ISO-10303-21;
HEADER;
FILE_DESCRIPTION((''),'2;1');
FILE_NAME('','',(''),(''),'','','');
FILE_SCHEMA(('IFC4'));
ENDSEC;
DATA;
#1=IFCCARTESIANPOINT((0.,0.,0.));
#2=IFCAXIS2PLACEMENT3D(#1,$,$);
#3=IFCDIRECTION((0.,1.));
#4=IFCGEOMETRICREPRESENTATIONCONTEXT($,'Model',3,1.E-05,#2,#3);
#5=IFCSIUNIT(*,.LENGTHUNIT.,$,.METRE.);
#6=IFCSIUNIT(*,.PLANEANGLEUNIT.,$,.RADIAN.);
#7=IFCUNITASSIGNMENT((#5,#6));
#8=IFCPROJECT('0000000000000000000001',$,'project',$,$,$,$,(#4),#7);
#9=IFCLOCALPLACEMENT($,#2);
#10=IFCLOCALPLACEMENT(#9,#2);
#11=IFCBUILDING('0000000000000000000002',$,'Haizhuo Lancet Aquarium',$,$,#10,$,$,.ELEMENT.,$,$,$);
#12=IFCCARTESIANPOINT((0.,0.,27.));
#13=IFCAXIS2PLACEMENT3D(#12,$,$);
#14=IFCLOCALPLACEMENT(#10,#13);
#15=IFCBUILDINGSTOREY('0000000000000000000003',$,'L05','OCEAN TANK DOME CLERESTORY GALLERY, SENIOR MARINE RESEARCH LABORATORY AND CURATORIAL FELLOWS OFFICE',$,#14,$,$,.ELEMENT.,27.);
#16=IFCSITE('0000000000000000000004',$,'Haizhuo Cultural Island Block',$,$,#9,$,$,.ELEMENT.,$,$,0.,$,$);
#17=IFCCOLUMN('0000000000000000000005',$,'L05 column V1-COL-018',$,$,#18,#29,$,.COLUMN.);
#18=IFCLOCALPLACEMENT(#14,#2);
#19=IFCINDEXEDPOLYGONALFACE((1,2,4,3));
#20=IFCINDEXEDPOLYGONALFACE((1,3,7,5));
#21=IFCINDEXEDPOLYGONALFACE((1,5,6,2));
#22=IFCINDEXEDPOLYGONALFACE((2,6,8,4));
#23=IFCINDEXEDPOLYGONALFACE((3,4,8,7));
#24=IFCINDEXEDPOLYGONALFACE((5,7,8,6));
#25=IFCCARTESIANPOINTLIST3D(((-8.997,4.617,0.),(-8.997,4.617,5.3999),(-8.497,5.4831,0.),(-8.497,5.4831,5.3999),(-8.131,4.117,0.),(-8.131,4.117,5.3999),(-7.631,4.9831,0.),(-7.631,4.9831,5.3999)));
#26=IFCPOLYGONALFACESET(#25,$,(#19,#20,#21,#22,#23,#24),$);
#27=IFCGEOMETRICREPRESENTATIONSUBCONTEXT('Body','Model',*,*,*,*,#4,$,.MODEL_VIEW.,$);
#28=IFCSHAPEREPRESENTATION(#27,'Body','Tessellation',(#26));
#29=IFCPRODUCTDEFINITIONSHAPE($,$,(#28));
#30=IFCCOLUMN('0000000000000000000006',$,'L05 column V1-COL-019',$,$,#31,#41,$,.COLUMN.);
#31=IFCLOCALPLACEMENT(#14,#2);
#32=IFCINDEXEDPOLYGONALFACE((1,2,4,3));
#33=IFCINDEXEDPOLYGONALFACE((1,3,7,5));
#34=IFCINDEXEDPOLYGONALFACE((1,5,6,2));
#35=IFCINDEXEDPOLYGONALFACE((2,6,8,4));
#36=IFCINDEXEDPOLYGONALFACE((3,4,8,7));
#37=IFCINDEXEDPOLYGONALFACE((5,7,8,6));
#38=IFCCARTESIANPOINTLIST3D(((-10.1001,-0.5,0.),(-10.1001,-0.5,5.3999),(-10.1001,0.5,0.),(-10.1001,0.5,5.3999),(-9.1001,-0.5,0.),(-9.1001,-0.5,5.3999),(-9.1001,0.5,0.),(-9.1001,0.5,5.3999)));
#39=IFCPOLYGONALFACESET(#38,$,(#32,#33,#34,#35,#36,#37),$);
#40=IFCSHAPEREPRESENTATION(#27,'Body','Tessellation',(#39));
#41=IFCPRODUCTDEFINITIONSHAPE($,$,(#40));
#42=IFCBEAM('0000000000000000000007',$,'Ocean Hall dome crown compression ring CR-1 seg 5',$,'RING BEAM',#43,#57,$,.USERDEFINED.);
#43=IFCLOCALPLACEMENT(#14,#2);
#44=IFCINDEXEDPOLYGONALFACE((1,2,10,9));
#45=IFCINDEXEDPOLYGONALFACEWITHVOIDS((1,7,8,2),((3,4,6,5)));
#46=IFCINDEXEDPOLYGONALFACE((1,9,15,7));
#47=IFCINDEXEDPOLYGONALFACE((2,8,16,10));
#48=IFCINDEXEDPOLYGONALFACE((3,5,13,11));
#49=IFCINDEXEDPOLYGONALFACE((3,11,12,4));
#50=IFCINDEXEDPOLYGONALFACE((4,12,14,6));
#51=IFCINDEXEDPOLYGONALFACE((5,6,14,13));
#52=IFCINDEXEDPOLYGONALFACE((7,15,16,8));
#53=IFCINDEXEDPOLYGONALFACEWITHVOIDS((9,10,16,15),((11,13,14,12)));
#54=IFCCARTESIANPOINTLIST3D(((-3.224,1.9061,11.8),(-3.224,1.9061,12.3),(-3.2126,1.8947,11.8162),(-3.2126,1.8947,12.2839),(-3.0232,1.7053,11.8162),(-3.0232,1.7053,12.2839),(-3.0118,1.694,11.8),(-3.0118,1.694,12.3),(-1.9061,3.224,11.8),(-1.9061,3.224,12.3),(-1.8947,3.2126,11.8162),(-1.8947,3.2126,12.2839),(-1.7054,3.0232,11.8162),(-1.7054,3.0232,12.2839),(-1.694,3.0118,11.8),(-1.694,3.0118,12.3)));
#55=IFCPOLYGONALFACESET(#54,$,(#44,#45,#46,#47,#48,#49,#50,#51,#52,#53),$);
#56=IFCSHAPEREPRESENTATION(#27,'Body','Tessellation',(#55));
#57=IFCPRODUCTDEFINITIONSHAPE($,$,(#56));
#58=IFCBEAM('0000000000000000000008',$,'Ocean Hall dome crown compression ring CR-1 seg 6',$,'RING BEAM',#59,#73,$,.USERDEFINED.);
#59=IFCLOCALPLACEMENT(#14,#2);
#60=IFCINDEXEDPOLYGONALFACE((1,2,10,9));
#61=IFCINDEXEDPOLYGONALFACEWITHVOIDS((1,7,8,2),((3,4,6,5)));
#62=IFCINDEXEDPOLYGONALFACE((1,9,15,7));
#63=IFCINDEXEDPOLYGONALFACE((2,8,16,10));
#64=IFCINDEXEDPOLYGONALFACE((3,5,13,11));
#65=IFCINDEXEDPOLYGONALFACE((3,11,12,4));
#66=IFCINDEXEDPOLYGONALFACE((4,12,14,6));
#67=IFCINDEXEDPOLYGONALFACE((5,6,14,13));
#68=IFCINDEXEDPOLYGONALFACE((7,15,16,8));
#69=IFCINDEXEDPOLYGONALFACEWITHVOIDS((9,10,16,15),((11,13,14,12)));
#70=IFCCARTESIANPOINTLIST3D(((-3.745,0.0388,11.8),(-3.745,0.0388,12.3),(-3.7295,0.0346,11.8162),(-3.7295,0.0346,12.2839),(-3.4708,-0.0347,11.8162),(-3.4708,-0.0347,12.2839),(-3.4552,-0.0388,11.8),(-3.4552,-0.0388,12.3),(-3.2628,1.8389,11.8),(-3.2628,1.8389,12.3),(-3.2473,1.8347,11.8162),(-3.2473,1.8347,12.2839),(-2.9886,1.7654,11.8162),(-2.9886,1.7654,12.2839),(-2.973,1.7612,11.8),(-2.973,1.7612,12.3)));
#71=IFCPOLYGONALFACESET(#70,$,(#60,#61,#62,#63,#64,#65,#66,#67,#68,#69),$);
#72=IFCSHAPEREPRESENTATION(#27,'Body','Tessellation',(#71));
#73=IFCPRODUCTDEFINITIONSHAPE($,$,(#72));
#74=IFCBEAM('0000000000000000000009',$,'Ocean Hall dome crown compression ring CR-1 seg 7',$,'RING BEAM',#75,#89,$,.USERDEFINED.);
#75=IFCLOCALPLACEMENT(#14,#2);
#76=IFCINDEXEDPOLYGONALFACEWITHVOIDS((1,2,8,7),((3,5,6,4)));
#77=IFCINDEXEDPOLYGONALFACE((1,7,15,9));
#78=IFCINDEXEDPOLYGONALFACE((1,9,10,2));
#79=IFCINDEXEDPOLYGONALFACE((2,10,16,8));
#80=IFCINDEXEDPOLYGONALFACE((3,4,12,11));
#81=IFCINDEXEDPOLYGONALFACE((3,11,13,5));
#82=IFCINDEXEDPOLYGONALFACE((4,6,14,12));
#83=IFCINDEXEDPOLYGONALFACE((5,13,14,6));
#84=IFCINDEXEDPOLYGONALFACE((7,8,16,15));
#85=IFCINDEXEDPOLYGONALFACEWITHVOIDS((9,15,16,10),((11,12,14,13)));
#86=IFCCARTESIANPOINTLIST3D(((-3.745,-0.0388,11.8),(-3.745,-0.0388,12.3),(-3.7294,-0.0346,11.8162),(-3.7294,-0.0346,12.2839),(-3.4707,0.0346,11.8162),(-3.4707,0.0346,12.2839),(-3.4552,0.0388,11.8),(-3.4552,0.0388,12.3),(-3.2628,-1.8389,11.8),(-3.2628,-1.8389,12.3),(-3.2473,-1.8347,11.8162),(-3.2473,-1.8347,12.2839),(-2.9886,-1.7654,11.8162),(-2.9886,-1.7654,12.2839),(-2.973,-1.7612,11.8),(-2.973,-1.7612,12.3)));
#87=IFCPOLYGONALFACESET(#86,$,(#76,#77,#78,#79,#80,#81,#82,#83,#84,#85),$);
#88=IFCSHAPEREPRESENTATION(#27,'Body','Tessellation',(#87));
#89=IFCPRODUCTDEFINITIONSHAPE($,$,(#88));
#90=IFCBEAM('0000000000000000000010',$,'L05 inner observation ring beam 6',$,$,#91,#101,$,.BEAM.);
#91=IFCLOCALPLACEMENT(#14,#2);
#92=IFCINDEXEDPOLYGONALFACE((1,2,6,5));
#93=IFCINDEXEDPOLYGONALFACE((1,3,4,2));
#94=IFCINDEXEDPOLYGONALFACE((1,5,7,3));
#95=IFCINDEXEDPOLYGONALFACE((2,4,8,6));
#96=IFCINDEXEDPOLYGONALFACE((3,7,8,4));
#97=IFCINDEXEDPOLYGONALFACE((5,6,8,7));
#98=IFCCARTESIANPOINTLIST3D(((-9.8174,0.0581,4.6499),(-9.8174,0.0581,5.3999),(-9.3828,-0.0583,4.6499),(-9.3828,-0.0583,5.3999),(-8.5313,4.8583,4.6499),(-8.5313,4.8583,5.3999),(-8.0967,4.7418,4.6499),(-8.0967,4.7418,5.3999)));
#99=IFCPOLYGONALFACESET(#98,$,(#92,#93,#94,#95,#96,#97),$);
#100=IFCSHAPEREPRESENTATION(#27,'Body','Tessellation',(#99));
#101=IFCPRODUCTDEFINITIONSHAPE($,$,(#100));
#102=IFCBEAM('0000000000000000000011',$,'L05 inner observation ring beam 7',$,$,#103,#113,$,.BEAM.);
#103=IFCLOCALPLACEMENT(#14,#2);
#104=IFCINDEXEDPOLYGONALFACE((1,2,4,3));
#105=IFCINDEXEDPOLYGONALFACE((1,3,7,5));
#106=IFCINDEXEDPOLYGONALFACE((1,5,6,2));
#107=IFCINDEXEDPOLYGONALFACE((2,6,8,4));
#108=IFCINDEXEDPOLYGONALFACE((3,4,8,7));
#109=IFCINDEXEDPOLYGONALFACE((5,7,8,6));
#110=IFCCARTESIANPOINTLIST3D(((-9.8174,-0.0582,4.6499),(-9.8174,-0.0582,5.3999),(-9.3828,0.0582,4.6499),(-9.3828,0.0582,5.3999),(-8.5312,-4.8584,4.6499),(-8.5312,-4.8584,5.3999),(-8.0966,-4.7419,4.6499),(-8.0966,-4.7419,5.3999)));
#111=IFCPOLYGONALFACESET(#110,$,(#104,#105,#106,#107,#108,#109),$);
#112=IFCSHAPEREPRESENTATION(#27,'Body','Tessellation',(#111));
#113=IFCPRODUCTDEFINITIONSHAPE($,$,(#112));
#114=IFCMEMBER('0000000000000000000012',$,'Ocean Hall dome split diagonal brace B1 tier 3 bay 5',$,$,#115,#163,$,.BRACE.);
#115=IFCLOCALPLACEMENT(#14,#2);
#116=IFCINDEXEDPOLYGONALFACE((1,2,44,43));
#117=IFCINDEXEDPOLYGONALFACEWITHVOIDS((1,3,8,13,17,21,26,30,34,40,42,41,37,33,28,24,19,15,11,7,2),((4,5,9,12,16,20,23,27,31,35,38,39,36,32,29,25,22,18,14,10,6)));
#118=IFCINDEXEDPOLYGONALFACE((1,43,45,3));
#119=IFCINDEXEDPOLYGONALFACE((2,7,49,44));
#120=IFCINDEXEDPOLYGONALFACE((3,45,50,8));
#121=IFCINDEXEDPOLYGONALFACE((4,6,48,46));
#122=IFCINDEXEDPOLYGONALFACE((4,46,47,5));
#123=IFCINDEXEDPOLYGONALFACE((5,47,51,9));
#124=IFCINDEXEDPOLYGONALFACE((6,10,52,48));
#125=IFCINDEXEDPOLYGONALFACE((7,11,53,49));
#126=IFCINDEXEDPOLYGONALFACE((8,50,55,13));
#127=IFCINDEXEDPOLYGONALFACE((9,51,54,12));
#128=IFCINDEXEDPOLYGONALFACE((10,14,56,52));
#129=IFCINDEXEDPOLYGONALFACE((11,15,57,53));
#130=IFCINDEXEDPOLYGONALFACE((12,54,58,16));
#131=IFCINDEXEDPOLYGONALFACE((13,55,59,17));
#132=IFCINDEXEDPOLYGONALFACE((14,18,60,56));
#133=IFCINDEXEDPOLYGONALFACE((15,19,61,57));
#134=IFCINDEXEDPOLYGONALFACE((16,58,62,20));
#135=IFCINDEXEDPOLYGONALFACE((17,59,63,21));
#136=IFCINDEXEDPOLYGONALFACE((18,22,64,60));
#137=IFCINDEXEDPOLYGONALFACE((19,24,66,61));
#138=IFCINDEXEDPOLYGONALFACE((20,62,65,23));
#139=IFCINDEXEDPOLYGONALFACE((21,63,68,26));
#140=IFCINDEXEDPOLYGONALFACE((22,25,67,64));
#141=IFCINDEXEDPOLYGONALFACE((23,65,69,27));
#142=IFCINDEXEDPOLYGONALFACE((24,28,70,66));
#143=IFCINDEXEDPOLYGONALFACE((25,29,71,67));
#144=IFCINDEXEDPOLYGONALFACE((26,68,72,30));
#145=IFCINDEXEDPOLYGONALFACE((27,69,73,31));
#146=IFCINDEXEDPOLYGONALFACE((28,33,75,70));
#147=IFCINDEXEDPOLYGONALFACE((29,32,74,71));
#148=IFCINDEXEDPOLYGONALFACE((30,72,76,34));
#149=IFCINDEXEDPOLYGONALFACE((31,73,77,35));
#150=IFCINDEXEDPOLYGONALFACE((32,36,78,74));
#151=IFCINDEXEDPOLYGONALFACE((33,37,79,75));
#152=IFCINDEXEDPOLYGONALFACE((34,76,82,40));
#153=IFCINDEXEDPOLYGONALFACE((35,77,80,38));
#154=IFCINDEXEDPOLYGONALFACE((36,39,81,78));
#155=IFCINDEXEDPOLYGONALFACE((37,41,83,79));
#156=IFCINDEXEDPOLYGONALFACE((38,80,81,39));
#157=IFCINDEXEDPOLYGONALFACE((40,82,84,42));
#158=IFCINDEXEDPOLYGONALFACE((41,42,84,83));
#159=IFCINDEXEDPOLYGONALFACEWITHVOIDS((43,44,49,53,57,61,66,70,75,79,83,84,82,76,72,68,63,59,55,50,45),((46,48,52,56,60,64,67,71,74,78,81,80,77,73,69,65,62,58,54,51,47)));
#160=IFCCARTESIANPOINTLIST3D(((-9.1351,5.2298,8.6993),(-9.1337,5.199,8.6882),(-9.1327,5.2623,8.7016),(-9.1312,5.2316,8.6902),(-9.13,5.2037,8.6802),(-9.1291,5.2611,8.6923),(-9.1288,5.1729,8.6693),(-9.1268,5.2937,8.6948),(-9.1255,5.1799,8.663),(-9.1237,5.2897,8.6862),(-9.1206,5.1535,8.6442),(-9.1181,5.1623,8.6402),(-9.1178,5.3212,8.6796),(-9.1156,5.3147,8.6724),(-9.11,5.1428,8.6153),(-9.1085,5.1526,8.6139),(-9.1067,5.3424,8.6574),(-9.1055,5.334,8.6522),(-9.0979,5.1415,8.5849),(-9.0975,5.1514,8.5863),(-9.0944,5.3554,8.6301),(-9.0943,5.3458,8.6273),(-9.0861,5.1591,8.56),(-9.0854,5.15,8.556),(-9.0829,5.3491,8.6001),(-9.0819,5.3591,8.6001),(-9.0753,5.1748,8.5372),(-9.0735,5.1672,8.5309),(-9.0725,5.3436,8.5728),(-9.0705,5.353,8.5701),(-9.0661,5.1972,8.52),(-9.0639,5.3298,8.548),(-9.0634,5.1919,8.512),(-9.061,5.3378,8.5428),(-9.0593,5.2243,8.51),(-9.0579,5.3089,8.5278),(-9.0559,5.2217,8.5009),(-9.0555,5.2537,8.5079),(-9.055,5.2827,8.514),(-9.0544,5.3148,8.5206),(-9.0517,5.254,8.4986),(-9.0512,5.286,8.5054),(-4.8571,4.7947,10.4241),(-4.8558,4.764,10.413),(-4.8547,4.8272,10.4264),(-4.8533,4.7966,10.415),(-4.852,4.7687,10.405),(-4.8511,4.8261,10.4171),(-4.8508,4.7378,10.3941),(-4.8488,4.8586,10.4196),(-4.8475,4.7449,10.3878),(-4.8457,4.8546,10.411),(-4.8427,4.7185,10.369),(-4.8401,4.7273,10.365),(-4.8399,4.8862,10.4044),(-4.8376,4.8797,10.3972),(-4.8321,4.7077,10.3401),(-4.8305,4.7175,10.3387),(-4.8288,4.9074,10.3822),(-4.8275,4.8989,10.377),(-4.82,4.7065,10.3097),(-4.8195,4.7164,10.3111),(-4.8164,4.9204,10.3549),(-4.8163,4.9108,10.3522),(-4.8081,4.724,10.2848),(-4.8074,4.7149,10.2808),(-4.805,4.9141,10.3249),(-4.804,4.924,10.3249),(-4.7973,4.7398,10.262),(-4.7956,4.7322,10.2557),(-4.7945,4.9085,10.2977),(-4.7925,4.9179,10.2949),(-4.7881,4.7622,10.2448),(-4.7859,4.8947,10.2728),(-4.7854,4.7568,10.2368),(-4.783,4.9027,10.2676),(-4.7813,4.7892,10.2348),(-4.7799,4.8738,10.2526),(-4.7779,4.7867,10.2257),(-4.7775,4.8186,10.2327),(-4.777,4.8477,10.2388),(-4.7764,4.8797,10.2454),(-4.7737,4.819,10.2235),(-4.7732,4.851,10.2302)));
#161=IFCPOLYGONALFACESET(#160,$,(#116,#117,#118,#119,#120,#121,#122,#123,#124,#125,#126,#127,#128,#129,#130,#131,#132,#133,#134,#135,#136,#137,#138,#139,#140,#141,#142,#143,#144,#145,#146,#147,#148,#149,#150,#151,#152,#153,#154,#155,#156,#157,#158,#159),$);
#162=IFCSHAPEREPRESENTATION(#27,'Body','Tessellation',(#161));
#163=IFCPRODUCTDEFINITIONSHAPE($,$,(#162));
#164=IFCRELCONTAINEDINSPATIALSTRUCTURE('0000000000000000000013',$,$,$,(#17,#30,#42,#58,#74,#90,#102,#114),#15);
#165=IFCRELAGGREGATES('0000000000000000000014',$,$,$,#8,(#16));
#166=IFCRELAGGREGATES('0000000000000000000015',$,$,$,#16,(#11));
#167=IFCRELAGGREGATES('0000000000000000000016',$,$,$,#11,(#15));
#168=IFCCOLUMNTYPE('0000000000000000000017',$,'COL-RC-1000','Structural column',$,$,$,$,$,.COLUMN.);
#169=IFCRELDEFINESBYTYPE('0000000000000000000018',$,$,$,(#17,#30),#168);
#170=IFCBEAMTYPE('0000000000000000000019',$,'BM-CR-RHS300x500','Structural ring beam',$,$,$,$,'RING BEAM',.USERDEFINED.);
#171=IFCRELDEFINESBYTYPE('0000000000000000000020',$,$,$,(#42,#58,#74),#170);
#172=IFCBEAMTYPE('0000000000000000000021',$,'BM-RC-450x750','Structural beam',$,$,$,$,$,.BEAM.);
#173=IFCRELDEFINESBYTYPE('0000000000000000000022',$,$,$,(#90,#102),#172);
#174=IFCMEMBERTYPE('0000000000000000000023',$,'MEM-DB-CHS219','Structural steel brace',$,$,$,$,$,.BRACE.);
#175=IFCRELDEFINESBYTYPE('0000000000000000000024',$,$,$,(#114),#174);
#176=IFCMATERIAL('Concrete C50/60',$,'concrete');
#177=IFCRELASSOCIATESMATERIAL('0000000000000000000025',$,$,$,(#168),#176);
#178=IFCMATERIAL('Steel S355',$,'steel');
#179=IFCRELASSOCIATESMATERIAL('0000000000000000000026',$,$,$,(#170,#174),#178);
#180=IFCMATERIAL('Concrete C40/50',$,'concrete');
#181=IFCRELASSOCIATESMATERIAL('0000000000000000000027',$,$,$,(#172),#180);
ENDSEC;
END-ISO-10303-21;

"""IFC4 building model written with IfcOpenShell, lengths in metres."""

from ifc_helpers import new_model, si_unit, direction, frame, origin, origin_2d, place, context, subcontext, project, spatial, rectangle, hollow_rectangle, hollow_circle, extrude, material, material_profile, profile_set, type_object, element, save


model = new_model("IFC4")

# Units and contexts
model_context = context("Model", 3, precision=1e-05, world=origin(), true_north=direction((0.0, 1.0)))
body_context = subcontext(model_context, "Body", "Model", "MODEL_VIEW")
ifc_project = project(units=[si_unit("LENGTHUNIT", "METRE"), si_unit("PLANEANGLEUNIT", "RADIAN")], contexts=[model_context])

# Site, building, storey
site_placement = place(None, origin())
site = spatial("IfcSite", under=ifc_project, at=site_placement, Name="Haizhuo Cultural Island Block", CompositionType="ELEMENT", RefElevation=0.0)
building_placement = place(site_placement, origin())
building = spatial("IfcBuilding", under=site, at=building_placement, Name="Haizhuo Lancet Aquarium", CompositionType="ELEMENT")
storey_placement = place(building_placement, frame((0.0, 0.0, 27.0)))
storey = spatial("IfcBuildingStorey", under=building, at=storey_placement, Name="L05", Description="OCEAN TANK DOME CLERESTORY GALLERY, SENIOR MARINE RESEARCH LABORATORY AND CURATORIAL FELLOWS OFFICE", CompositionType="ELEMENT", Elevation=27.0)

# Columns
ifc_material_1 = material(Name="Concrete C50/60", Category="concrete")
ifc_material_profile_1 = material_profile(ifc_material_1, rectangle(XDim=1.0, YDim=1.0, at=origin_2d()), Name="RC-COL 1000x1000")
ifc_profile_set_1 = profile_set([ifc_material_profile_1], Name="Concrete C50/60")
column_type = type_object("IfcColumnType", Name="COL-RC-1000", Description="Structural column", PredefinedType="COLUMN", material=ifc_profile_set_1)
for number, where, z_axis, x_axis, name in (
    (1, (-8.314, 4.8, 0.0), (0.0, 0.0, 1.0), (-0.866025, 0.5, 0.0), "L05 column V1-COL-018"),
    (2, (-9.6001, 0.0, 0.0), (0.0, 0.0, 1.0), (-1.0, 0.0, 0.0), "L05 column V1-COL-019"),
):
    element("IfcColumn", number, at=place(storey_placement, frame(where, z_axis=z_axis, x_axis=x_axis)), inside=storey, type_object=column_type, Name=name, PredefinedType="COLUMN", context=body_context, shape_type="SweptSolid", body=[
        extrude(rectangle(XDim=1.0, YDim=1.0, at=origin_2d()), origin(), (0.0, 0.0, 1.0), 5.3999),
    ])

# Beams
ifc_material_2 = material(Name="Steel S355", Category="steel")
ifc_material_profile_2 = material_profile(ifc_material_2, hollow_rectangle(XDim=0.3, YDim=0.5, WallThickness=0.0161, at=origin_2d()), Name="RHS 300x500x16")
ifc_profile_set_2 = profile_set([ifc_material_profile_2], Name="Steel S355")
beam_type_1 = type_object("IfcBeamType", Name="BM-CR-RHS300x500", Description="Structural ring beam", ElementType="RING BEAM", PredefinedType="USERDEFINED", material=ifc_profile_set_2)
beam_placement = place(storey_placement, frame((-1.8, 3.1179, 12.05), z_axis=(-0.707107, -0.707107, 0.0), x_axis=(0.707107, -0.707107, 0.0)))
element("IfcBeam", 3, at=beam_placement, inside=storey, type_object=beam_type_1, Name="Ocean Hall dome crown compression ring CR-1 seg 5", ObjectType="RING BEAM", PredefinedType="USERDEFINED", context=body_context, shape_type="SweptSolid", body=[
    extrude(hollow_rectangle(XDim=0.3, YDim=0.5, WallThickness=0.0161, at=origin_2d()), origin(), (0.0, 0.0, 1.0), 1.8638),
])
for number, where, z_axis, x_axis, name in (
    (4, (-3.1179, 1.8, 12.05), (-0.258747, -0.965945, 0.0), (0.965945, -0.258747, 0.0), "Ocean Hall dome crown compression ring CR-1 seg 6"),
    (5, (-3.6001, 0.0, 12.05), (0.258747, -0.965945, 0.0), (0.965945, 0.258747, 0.0), "Ocean Hall dome crown compression ring CR-1 seg 7"),
):
    element("IfcBeam", number, at=place(storey_placement, frame(where, z_axis=z_axis, x_axis=x_axis)), inside=storey, type_object=beam_type_1, Name=name, ObjectType="RING BEAM", PredefinedType="USERDEFINED", context=body_context, shape_type="SweptSolid", body=[
        extrude(hollow_rectangle(XDim=0.3, YDim=0.5, WallThickness=0.0161, at=origin_2d()), origin(), (0.0, 0.0, 1.0), 1.8635),
    ])
ifc_material_3 = material(Name="Concrete C40/50", Category="concrete")
ifc_material_profile_3 = material_profile(ifc_material_3, rectangle(XDim=0.45, YDim=0.75, at=origin_2d()), Name="RC-BM 450x750")
ifc_profile_set_3 = profile_set([ifc_material_profile_3], Name="Concrete C40/50")
beam_type_2 = type_object("IfcBeamType", Name="BM-RC-450x750", Description="Structural beam", PredefinedType="BEAM", material=ifc_profile_set_3)
for number, where, z_axis, x_axis, name in (
    (6, (-8.314, 4.8, 5.0249), (-0.258812, -0.965928, 0.0), (0.965928, -0.258812, 0.0), "L05 inner observation ring beam 6"),
    (7, (-9.6001, 0.0, 5.0249), (0.258812, -0.965928, 0.0), (0.965928, 0.258812, 0.0), "L05 inner observation ring beam 7"),
):
    element("IfcBeam", number, at=place(storey_placement, frame(where, z_axis=z_axis, x_axis=x_axis)), inside=storey, type_object=beam_type_2, Name=name, PredefinedType="BEAM", context=body_context, shape_type="SweptSolid", body=[
        extrude(rectangle(XDim=0.45, YDim=0.75, at=origin_2d()), origin(), (0.0, 0.0, 1.0), 4.9695),
    ])

# Member
ifc_material_profile_4 = material_profile(ifc_material_2, hollow_circle(Radius=0.1096, WallThickness=0.01, at=origin_2d()), Name="CHS 219x10")
ifc_profile_set_4 = profile_set([ifc_material_profile_4], Name="Steel S355")
member_type_1 = type_object("IfcMemberType", Name="MEM-DB-CHS219", Description="Structural steel brace", PredefinedType="BRACE", material=ifc_profile_set_4)
member_1_placement = place(storey_placement, frame((-9.093, 5.25, 8.6001), z_axis=(0.923357, -0.093901, 0.372283), x_axis=(0.101173, 0.994869, 0.0)))
element("IfcMember", 8, at=member_1_placement, inside=storey, type_object=member_type_1, Name="Ocean Hall dome split diagonal brace B1 tier 3 bay 5", PredefinedType="BRACE", context=body_context, shape_type="SweptSolid", body=[
    extrude(hollow_circle(Radius=0.1096, WallThickness=0.01, at=origin_2d()), origin(), (0.0, 0.0, 1.0), 4.6331),
])

save(model, "model.ifc")
